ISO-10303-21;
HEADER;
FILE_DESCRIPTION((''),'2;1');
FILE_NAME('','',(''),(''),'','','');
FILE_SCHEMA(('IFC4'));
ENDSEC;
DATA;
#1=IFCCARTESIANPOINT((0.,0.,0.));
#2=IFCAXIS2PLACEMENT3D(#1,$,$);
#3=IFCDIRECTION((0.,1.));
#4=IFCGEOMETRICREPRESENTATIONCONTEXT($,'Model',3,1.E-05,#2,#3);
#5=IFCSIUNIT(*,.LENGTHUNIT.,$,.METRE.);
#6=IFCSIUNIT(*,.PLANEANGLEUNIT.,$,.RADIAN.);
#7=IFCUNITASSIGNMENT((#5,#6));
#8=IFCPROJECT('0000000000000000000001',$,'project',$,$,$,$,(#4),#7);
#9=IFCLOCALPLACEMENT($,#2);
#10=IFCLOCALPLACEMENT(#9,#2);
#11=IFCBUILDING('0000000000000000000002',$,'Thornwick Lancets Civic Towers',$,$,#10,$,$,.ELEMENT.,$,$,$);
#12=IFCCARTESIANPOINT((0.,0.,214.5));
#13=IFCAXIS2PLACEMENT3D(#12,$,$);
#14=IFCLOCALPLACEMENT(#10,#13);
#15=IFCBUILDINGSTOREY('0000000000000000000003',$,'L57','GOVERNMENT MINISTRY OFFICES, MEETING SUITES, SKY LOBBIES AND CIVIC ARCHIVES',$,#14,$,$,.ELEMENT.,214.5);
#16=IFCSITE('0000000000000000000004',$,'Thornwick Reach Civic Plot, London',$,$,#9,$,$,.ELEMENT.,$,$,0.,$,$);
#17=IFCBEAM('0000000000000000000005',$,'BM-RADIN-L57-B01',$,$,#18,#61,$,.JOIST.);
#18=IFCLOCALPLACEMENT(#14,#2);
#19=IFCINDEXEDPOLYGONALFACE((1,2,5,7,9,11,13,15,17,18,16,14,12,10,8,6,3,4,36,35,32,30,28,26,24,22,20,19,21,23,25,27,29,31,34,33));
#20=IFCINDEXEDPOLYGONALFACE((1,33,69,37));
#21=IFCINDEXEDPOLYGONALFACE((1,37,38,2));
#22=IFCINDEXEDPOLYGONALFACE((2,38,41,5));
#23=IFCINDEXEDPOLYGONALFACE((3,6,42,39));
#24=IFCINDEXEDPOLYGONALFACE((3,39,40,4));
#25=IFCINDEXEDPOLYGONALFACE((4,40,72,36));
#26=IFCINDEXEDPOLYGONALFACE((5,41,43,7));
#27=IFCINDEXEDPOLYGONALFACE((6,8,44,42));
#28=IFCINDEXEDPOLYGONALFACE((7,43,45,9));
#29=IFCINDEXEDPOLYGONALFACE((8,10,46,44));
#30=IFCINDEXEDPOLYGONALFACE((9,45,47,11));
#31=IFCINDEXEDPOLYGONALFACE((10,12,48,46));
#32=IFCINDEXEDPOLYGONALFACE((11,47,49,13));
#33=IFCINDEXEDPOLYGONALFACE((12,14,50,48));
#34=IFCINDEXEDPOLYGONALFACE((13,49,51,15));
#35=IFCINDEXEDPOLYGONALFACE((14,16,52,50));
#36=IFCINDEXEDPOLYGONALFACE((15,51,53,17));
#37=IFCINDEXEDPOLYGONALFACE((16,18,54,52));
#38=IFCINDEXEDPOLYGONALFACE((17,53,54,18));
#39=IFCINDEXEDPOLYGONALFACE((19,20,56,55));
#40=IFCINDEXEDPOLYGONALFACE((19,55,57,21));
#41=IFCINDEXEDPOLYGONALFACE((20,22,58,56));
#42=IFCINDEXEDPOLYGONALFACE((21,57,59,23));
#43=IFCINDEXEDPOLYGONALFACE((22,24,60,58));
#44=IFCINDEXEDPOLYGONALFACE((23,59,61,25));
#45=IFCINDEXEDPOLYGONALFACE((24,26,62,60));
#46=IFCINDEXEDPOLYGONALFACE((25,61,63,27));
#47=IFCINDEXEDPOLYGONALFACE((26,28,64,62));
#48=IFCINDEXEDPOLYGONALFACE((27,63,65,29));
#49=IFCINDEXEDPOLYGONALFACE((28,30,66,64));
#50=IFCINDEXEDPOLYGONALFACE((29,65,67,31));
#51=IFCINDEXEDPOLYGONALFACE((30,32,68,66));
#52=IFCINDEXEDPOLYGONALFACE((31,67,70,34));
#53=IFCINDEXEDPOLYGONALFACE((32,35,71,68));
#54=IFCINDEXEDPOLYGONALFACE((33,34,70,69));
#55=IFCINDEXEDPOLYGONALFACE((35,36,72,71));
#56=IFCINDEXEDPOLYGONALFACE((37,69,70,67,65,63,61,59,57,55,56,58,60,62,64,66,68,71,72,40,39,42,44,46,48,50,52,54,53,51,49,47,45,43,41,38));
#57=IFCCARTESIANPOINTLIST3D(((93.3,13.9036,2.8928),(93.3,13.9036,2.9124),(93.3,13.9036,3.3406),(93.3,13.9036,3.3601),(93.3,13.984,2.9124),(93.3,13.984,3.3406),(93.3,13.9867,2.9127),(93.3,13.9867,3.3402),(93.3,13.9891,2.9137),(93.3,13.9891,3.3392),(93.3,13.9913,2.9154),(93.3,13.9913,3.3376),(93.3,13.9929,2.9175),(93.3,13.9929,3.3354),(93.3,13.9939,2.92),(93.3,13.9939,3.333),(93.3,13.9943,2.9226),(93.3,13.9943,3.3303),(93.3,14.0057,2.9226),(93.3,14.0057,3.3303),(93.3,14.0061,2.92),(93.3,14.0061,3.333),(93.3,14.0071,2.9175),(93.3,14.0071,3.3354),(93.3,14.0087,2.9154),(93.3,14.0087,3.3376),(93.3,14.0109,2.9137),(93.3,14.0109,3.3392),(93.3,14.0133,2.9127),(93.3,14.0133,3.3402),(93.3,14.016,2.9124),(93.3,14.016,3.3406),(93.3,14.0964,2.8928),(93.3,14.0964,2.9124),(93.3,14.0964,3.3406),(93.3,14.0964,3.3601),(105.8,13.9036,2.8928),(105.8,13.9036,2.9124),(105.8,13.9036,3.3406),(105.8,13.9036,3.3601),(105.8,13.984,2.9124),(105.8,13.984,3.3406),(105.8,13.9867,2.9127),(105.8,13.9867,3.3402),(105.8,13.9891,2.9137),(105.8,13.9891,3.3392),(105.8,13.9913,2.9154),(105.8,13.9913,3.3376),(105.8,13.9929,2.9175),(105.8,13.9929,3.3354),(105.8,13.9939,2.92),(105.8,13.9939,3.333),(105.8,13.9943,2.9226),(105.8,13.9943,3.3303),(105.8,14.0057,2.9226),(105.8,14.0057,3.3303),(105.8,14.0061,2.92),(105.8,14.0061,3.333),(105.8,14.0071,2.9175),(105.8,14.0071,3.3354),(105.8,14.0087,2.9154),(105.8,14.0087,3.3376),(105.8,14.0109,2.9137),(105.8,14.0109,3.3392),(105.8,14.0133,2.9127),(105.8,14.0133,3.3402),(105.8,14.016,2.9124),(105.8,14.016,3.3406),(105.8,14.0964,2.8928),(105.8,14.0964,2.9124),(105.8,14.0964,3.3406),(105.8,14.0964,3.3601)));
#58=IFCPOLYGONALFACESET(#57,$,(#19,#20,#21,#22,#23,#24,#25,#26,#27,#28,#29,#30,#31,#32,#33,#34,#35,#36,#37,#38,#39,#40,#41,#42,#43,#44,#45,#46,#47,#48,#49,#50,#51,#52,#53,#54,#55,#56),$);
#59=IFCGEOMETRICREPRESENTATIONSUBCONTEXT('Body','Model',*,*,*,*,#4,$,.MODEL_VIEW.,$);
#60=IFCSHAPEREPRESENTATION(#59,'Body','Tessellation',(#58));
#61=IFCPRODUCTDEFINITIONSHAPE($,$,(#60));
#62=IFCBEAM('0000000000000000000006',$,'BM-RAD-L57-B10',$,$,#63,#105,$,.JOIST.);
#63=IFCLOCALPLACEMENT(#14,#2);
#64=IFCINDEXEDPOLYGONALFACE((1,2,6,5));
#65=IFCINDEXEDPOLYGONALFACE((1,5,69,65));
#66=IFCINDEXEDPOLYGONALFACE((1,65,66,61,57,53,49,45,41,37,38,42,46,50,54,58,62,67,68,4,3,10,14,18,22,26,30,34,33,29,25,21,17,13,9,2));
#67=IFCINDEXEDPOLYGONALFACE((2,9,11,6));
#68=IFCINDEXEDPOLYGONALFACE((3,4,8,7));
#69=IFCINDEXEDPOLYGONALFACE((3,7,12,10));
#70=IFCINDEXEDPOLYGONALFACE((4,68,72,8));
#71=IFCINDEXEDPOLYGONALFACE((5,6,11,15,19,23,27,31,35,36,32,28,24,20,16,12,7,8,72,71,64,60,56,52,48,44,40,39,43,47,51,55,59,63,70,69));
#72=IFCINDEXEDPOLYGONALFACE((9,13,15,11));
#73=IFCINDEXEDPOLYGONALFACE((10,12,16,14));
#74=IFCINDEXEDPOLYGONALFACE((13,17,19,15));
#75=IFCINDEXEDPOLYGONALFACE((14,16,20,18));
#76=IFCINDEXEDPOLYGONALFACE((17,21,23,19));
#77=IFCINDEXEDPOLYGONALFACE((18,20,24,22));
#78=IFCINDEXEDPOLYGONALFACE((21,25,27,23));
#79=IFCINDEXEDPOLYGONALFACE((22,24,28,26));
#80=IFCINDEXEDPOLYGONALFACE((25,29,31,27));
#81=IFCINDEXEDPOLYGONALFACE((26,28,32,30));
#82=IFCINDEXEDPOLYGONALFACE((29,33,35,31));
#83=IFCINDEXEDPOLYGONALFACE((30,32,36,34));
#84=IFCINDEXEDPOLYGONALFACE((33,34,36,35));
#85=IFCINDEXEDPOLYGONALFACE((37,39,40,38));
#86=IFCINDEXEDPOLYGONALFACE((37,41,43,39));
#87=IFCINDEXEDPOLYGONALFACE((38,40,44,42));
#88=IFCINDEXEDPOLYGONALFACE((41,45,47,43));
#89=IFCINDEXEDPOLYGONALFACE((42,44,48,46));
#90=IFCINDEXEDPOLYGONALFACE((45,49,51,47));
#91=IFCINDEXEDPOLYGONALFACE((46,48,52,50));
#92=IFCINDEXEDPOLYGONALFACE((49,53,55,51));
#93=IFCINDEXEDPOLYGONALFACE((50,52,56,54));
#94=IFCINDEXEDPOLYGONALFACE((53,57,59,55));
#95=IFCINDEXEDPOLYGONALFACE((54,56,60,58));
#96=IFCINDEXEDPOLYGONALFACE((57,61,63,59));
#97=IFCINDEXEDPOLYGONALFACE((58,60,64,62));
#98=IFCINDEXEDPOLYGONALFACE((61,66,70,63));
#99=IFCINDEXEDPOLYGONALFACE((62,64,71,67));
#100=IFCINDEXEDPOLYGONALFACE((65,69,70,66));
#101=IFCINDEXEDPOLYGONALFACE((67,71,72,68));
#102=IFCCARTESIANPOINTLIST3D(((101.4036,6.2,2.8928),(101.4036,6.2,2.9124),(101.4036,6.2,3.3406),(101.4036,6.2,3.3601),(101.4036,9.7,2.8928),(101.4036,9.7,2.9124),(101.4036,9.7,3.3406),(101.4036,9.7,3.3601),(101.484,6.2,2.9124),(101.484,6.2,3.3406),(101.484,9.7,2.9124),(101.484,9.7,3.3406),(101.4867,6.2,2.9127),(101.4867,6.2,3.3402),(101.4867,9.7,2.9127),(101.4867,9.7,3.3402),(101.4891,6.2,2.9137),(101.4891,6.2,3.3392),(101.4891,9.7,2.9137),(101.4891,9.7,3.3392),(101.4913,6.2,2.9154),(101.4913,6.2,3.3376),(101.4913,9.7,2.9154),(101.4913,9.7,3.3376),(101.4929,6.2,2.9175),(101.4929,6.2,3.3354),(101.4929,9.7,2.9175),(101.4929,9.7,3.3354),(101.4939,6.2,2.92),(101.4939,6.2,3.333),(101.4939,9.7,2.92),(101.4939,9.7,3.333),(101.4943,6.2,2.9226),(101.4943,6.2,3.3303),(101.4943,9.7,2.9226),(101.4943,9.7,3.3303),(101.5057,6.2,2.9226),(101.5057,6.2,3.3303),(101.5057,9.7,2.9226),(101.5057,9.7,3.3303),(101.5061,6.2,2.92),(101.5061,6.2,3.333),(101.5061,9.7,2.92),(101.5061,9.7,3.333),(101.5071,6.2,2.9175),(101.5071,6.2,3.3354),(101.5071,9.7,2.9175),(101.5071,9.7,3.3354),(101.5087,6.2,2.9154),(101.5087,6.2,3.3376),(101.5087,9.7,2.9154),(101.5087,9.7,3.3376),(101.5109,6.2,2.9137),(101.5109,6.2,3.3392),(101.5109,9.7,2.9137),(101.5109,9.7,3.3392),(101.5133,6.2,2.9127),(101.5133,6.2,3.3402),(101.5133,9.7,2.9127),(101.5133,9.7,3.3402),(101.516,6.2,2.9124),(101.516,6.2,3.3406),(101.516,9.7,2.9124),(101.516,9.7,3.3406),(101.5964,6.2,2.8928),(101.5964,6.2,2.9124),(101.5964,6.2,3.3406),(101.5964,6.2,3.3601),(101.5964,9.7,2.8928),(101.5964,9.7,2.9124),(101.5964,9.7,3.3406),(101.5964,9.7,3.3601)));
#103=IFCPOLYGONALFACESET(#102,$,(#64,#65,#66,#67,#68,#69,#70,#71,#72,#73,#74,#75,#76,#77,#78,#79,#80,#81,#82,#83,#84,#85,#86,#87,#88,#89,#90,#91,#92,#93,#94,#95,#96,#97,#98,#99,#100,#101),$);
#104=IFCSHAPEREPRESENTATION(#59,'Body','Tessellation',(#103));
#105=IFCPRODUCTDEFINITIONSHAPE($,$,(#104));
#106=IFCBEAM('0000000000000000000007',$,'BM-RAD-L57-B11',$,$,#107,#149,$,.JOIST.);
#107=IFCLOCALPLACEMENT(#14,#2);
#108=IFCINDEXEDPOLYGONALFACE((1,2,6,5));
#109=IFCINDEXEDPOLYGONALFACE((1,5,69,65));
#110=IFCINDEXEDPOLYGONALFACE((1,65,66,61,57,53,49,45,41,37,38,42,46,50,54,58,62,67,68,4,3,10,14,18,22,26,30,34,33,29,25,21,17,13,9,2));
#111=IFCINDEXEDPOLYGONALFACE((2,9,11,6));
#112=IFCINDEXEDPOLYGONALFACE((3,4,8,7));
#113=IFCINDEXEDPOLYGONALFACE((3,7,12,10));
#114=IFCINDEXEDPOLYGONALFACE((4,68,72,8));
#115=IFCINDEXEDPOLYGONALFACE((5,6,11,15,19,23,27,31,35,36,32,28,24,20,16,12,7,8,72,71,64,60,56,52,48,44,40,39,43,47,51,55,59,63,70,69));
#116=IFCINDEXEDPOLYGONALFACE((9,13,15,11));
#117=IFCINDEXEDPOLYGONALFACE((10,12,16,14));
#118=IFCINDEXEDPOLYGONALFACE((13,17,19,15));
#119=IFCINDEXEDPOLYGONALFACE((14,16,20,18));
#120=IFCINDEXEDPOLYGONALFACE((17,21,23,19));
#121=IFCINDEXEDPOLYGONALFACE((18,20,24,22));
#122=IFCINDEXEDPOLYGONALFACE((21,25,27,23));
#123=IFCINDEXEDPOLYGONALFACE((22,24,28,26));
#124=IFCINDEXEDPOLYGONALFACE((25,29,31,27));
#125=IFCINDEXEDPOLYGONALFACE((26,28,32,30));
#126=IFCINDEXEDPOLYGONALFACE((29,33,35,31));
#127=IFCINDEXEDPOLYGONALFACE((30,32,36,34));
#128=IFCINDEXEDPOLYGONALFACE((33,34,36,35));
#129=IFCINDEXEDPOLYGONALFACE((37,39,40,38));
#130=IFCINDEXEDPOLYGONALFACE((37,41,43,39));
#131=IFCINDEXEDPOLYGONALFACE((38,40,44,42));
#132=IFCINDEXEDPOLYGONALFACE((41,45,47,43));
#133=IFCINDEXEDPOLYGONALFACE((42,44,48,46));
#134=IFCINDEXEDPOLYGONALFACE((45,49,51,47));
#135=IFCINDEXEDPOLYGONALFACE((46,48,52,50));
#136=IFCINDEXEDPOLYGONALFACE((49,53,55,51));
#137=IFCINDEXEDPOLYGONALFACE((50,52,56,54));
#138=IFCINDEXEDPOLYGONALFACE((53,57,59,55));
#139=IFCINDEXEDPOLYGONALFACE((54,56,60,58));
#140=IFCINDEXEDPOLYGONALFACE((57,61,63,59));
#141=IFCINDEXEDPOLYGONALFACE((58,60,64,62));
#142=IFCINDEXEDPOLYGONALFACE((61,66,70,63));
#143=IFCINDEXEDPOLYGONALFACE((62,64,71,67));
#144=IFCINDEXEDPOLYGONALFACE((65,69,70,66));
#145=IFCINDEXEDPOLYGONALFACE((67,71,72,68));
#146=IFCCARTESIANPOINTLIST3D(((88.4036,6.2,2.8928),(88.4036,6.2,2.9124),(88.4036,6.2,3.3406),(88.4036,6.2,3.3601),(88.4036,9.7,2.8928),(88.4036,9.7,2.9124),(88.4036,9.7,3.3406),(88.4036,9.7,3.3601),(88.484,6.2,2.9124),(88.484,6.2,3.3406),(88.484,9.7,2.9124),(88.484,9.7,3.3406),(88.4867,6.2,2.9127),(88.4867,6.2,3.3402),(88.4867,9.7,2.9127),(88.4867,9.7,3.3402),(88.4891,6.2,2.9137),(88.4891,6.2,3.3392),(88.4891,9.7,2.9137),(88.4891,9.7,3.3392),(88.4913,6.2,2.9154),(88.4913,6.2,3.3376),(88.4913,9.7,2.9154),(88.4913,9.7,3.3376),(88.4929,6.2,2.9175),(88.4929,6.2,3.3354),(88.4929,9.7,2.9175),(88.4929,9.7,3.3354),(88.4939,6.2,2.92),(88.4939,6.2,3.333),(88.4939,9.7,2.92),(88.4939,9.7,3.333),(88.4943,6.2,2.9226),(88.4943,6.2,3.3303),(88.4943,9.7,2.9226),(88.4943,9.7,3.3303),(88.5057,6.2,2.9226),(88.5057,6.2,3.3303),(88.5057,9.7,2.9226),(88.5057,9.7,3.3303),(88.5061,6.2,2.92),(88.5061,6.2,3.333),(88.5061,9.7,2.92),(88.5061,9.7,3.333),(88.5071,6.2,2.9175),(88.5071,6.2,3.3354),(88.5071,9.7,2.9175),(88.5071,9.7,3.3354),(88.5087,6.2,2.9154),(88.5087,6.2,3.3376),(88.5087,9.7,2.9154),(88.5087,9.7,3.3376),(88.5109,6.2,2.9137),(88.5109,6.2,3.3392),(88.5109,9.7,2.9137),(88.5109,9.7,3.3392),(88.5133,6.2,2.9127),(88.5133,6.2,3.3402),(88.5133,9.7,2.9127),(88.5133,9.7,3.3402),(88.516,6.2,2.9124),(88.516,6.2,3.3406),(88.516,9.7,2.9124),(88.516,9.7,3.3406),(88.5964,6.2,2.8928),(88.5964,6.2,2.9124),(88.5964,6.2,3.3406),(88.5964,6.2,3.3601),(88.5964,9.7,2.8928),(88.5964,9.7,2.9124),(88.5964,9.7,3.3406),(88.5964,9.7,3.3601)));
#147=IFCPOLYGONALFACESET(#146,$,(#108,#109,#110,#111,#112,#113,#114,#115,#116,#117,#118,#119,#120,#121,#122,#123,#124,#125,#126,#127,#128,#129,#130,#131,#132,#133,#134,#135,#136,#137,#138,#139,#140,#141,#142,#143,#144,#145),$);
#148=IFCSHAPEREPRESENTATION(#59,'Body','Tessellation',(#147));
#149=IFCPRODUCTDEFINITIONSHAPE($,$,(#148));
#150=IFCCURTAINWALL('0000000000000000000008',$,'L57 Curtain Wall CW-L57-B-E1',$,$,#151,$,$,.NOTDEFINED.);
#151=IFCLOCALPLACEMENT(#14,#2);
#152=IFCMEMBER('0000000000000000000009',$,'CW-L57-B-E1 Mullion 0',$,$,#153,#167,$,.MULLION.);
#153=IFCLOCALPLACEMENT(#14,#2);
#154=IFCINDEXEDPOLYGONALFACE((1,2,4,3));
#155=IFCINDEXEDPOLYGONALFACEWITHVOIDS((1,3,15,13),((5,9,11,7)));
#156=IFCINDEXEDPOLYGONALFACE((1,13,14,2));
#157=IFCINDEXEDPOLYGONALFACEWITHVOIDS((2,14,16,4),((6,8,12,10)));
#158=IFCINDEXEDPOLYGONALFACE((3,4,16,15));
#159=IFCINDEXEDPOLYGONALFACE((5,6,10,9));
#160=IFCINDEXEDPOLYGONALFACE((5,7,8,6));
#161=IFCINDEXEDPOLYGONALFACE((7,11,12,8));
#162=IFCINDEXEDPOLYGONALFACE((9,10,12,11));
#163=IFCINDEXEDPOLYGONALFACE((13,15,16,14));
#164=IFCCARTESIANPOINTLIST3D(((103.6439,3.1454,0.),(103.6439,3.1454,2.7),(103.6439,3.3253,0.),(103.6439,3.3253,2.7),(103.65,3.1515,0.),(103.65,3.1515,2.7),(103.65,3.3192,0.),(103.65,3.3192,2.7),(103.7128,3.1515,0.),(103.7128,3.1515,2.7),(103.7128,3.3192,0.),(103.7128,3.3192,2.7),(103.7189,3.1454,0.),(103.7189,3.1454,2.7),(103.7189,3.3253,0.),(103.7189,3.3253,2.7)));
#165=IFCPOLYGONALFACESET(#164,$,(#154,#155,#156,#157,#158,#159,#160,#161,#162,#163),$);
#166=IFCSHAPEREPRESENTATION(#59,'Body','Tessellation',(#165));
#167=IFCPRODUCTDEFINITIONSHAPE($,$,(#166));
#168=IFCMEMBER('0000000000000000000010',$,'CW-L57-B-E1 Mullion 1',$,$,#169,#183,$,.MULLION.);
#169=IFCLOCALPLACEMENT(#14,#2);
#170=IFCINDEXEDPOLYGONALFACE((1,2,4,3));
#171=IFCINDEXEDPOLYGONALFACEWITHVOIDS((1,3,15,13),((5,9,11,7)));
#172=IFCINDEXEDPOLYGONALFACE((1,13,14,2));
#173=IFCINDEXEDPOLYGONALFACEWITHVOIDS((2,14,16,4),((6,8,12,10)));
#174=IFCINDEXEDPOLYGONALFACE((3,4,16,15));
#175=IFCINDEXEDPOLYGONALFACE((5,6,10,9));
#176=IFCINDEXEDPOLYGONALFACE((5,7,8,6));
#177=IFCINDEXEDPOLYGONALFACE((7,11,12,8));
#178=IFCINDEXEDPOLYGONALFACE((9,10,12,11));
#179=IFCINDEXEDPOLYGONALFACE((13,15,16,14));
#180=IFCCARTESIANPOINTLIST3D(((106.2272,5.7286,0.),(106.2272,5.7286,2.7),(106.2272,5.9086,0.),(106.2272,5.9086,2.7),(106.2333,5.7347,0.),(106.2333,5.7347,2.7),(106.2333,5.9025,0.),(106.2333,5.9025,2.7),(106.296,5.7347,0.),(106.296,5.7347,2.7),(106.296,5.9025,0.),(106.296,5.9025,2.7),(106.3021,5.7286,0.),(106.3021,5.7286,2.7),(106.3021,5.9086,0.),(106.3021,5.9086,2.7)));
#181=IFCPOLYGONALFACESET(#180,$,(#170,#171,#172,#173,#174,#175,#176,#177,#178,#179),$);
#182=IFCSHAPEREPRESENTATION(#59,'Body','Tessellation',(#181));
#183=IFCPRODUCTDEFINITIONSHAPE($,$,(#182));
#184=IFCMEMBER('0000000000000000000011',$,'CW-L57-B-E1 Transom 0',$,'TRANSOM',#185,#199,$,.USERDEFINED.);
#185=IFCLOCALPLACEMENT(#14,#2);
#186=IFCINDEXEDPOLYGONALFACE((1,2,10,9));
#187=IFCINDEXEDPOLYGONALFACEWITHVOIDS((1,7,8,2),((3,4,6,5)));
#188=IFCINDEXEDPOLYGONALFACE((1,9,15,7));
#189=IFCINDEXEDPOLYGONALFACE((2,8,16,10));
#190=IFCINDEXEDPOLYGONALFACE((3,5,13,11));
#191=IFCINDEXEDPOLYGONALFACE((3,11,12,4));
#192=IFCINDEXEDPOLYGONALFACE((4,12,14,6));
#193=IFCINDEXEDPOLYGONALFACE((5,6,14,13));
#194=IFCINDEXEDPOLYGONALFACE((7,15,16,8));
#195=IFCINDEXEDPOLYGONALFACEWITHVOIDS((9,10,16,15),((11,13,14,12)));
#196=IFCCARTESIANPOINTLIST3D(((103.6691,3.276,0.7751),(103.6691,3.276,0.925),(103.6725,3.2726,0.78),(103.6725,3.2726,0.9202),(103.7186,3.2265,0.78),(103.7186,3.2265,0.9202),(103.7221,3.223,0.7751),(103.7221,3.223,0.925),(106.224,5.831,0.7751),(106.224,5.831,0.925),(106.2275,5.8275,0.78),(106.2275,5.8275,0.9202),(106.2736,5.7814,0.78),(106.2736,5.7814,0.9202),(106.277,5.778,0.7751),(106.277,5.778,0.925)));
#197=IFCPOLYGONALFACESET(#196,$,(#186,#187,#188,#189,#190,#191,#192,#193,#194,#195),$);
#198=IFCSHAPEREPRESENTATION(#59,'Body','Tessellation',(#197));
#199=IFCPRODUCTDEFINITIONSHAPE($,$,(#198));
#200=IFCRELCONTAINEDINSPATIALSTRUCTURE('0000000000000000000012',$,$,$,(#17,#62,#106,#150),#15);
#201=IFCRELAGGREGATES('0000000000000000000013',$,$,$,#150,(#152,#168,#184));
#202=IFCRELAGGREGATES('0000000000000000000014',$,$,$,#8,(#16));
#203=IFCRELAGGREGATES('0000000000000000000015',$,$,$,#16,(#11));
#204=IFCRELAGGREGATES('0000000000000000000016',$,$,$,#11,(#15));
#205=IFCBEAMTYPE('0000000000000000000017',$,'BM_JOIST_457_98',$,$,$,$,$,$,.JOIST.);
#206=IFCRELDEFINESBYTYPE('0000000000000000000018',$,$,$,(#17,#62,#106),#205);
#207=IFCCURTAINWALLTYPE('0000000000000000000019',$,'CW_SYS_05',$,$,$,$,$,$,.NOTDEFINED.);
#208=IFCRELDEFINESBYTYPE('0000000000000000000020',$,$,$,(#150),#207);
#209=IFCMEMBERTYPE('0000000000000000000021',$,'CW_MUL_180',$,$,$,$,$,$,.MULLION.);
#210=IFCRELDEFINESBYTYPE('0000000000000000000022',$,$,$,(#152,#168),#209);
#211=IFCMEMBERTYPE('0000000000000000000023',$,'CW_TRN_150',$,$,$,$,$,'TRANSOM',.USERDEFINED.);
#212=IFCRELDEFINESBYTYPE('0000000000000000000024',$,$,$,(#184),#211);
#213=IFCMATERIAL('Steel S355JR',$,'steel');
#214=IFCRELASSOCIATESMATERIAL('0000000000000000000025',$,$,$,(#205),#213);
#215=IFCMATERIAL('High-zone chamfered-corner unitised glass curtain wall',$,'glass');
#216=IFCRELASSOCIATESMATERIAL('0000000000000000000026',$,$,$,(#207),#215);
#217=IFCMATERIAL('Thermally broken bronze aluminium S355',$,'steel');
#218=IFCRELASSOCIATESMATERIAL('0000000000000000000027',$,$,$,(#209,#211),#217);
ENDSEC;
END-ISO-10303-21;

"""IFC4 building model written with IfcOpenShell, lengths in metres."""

from ifc_helpers import new_model, si_unit, direction, frame, origin, origin_2d, place, context, subcontext, project, spatial, hollow_rectangle, i_section, extrude, material, material_profile, profile_set, type_object, element, aggregate, save


model = new_model("IFC4")

# Units and contexts
model_context = context("Model", 3, precision=1e-05, world=origin(), true_north=direction((0.0, 1.0)))
body_context = subcontext(model_context, "Body", "Model", "MODEL_VIEW")
ifc_project = project(units=[si_unit("LENGTHUNIT", "METRE"), si_unit("PLANEANGLEUNIT", "RADIAN")], contexts=[model_context])

# Site, building, storey
site_placement = place(None, origin())
site = spatial("IfcSite", under=ifc_project, at=site_placement, Name="Thornwick Reach Civic Plot, London", CompositionType="ELEMENT", RefElevation=0.0)
building_placement = place(site_placement, origin())
building = spatial("IfcBuilding", under=site, at=building_placement, Name="Thornwick Lancets Civic Towers", CompositionType="ELEMENT")
storey_placement = place(building_placement, frame((0.0, 0.0, 214.5)))
storey = spatial("IfcBuildingStorey", under=building, at=storey_placement, Name="L57", Description="GOVERNMENT MINISTRY OFFICES, MEETING SUITES, SKY LOBBIES AND CIVIC ARCHIVES", CompositionType="ELEMENT", Elevation=214.5)

# Shared definitions
ifc_material_1 = material(Name="Steel S355JR", Category="steel")

# Beams
ifc_material_profile_1 = material_profile(ifc_material_1, i_section(OverallWidth=0.1929, OverallDepth=0.4673, WebThickness=0.0115, FlangeThickness=0.0195, FilletRadius=0.0103, at=origin_2d()), Name="UKB 457x191x98")
ifc_profile_set_1 = profile_set([ifc_material_profile_1], Name="Steel S355JR")
beam_type_1 = type_object("IfcBeamType", Name="BM_JOIST_457_98", PredefinedType="JOIST", material=ifc_profile_set_1)
beam_1_placement = place(storey_placement, frame((93.3, 14.0, 3.1265), z_axis=(1.0, 0.0, 0.0), x_axis=(0.0, 1.0, 0.0)))
element("IfcBeam", 1, at=beam_1_placement, inside=storey, type_object=beam_type_1, Name="BM-RADIN-L57-B01", PredefinedType="JOIST", context=body_context, shape_type="SweptSolid", body=[
    extrude(i_section(OverallWidth=0.1929, OverallDepth=0.4673, WebThickness=0.0115, FlangeThickness=0.0195, FilletRadius=0.0103, at=origin_2d()), origin(), (0.0, 0.0, 1.0), 12.5),
])
for number, where, z_axis, x_axis, name in (
    (2, (101.5, 9.7, 3.1265), (0.0, -1.0, 0.0), (1.0, 0.0, 0.0), "BM-RAD-L57-B10"),
    (3, (88.5, 9.7, 3.1265), (0.0, -1.0, 0.0), (1.0, 0.0, 0.0), "BM-RAD-L57-B11"),
):
    element("IfcBeam", number, at=place(storey_placement, frame(where, z_axis=z_axis, x_axis=x_axis)), inside=storey, type_object=beam_type_1, Name=name, PredefinedType="JOIST", context=body_context, shape_type="SweptSolid", body=[
        extrude(i_section(OverallWidth=0.1929, OverallDepth=0.4673, WebThickness=0.0115, FlangeThickness=0.0195, FilletRadius=0.0103, at=origin_2d()), origin(), (0.0, 0.0, 1.0), 3.5),
    ])

# Curtain wall, members
ifc_material_2 = material(Name="High-zone chamfered-corner unitised glass curtain wall", Category="glass")
curtain_wall_type = type_object("IfcCurtainWallType", Name="CW_SYS_05", PredefinedType="NOTDEFINED", material=ifc_material_2)
curtain_wall_placement = place(storey_placement, origin())
curtain_wall = element("IfcCurtainWall", 4, at=curtain_wall_placement, inside=storey, type_object=curtain_wall_type, Name="L57 Curtain Wall CW-L57-B-E1", PredefinedType="NOTDEFINED")
ifc_material_3 = material(Name="Thermally broken bronze aluminium S355", Category="steel")
ifc_material_profile_2 = material_profile(ifc_material_3, hollow_rectangle(XDim=0.075, YDim=0.1799, WallThickness=0.0061, at=origin_2d()), Name="RHS 180x75x6")
ifc_profile_set_2 = profile_set([ifc_material_profile_2], Name="Thermally broken bronze aluminium S355")
member_type_1 = type_object("IfcMemberType", Name="CW_MUL_180", PredefinedType="MULLION", material=ifc_profile_set_2)
member_1_placement = place(storey_placement, frame((103.6814, 3.2354, 0.0), z_axis=(0.0, 0.0, 1.0), x_axis=(1.0, 0.0, 0.0)))
member_1 = element("IfcMember", 5, at=member_1_placement, type_object=member_type_1, Name="CW-L57-B-E1 Mullion 0", PredefinedType="MULLION", context=body_context, shape_type="SweptSolid", body=[
    extrude(hollow_rectangle(XDim=0.075, YDim=0.1799, WallThickness=0.0061, at=origin_2d()), origin(), (0.0, 0.0, 1.0), 2.7),
])
member_2_placement = place(storey_placement, frame((106.2646, 5.8186, 0.0), z_axis=(0.0, 0.0, 1.0), x_axis=(1.0, 0.0, 0.0)))
member_2 = element("IfcMember", 6, at=member_2_placement, type_object=member_type_1, Name="CW-L57-B-E1 Mullion 1", PredefinedType="MULLION", context=body_context, shape_type="SweptSolid", body=[
    extrude(hollow_rectangle(XDim=0.075, YDim=0.1799, WallThickness=0.0061, at=origin_2d()), origin(), (0.0, 0.0, 1.0), 2.7),
])
ifc_material_profile_3 = material_profile(ifc_material_3, hollow_rectangle(XDim=0.075, YDim=0.1499, WallThickness=0.0049, at=origin_2d()), Name="RHS 150x75x5")
ifc_profile_set_3 = profile_set([ifc_material_profile_3], Name="Thermally broken bronze aluminium S355")
member_type_2 = type_object("IfcMemberType", Name="CW_TRN_150", ElementType="TRANSOM", PredefinedType="USERDEFINED", material=ifc_profile_set_3)
member_3_placement = place(storey_placement, frame((103.6956, 3.2495, 0.8501), z_axis=(0.707107, 0.707107, 0.0), x_axis=(-0.707107, 0.707107, 0.0)))
member_3 = element("IfcMember", 7, at=member_3_placement, type_object=member_type_2, Name="CW-L57-B-E1 Transom 0", ObjectType="TRANSOM", PredefinedType="USERDEFINED", context=body_context, shape_type="SweptSolid", body=[
    extrude(hollow_rectangle(XDim=0.075, YDim=0.1499, WallThickness=0.0049, at=origin_2d()), origin(), (0.0, 0.0, 1.0), 3.6133),
])
aggregate(curtain_wall, [member_1, member_2, member_3])

save(model, "model.ifc")
